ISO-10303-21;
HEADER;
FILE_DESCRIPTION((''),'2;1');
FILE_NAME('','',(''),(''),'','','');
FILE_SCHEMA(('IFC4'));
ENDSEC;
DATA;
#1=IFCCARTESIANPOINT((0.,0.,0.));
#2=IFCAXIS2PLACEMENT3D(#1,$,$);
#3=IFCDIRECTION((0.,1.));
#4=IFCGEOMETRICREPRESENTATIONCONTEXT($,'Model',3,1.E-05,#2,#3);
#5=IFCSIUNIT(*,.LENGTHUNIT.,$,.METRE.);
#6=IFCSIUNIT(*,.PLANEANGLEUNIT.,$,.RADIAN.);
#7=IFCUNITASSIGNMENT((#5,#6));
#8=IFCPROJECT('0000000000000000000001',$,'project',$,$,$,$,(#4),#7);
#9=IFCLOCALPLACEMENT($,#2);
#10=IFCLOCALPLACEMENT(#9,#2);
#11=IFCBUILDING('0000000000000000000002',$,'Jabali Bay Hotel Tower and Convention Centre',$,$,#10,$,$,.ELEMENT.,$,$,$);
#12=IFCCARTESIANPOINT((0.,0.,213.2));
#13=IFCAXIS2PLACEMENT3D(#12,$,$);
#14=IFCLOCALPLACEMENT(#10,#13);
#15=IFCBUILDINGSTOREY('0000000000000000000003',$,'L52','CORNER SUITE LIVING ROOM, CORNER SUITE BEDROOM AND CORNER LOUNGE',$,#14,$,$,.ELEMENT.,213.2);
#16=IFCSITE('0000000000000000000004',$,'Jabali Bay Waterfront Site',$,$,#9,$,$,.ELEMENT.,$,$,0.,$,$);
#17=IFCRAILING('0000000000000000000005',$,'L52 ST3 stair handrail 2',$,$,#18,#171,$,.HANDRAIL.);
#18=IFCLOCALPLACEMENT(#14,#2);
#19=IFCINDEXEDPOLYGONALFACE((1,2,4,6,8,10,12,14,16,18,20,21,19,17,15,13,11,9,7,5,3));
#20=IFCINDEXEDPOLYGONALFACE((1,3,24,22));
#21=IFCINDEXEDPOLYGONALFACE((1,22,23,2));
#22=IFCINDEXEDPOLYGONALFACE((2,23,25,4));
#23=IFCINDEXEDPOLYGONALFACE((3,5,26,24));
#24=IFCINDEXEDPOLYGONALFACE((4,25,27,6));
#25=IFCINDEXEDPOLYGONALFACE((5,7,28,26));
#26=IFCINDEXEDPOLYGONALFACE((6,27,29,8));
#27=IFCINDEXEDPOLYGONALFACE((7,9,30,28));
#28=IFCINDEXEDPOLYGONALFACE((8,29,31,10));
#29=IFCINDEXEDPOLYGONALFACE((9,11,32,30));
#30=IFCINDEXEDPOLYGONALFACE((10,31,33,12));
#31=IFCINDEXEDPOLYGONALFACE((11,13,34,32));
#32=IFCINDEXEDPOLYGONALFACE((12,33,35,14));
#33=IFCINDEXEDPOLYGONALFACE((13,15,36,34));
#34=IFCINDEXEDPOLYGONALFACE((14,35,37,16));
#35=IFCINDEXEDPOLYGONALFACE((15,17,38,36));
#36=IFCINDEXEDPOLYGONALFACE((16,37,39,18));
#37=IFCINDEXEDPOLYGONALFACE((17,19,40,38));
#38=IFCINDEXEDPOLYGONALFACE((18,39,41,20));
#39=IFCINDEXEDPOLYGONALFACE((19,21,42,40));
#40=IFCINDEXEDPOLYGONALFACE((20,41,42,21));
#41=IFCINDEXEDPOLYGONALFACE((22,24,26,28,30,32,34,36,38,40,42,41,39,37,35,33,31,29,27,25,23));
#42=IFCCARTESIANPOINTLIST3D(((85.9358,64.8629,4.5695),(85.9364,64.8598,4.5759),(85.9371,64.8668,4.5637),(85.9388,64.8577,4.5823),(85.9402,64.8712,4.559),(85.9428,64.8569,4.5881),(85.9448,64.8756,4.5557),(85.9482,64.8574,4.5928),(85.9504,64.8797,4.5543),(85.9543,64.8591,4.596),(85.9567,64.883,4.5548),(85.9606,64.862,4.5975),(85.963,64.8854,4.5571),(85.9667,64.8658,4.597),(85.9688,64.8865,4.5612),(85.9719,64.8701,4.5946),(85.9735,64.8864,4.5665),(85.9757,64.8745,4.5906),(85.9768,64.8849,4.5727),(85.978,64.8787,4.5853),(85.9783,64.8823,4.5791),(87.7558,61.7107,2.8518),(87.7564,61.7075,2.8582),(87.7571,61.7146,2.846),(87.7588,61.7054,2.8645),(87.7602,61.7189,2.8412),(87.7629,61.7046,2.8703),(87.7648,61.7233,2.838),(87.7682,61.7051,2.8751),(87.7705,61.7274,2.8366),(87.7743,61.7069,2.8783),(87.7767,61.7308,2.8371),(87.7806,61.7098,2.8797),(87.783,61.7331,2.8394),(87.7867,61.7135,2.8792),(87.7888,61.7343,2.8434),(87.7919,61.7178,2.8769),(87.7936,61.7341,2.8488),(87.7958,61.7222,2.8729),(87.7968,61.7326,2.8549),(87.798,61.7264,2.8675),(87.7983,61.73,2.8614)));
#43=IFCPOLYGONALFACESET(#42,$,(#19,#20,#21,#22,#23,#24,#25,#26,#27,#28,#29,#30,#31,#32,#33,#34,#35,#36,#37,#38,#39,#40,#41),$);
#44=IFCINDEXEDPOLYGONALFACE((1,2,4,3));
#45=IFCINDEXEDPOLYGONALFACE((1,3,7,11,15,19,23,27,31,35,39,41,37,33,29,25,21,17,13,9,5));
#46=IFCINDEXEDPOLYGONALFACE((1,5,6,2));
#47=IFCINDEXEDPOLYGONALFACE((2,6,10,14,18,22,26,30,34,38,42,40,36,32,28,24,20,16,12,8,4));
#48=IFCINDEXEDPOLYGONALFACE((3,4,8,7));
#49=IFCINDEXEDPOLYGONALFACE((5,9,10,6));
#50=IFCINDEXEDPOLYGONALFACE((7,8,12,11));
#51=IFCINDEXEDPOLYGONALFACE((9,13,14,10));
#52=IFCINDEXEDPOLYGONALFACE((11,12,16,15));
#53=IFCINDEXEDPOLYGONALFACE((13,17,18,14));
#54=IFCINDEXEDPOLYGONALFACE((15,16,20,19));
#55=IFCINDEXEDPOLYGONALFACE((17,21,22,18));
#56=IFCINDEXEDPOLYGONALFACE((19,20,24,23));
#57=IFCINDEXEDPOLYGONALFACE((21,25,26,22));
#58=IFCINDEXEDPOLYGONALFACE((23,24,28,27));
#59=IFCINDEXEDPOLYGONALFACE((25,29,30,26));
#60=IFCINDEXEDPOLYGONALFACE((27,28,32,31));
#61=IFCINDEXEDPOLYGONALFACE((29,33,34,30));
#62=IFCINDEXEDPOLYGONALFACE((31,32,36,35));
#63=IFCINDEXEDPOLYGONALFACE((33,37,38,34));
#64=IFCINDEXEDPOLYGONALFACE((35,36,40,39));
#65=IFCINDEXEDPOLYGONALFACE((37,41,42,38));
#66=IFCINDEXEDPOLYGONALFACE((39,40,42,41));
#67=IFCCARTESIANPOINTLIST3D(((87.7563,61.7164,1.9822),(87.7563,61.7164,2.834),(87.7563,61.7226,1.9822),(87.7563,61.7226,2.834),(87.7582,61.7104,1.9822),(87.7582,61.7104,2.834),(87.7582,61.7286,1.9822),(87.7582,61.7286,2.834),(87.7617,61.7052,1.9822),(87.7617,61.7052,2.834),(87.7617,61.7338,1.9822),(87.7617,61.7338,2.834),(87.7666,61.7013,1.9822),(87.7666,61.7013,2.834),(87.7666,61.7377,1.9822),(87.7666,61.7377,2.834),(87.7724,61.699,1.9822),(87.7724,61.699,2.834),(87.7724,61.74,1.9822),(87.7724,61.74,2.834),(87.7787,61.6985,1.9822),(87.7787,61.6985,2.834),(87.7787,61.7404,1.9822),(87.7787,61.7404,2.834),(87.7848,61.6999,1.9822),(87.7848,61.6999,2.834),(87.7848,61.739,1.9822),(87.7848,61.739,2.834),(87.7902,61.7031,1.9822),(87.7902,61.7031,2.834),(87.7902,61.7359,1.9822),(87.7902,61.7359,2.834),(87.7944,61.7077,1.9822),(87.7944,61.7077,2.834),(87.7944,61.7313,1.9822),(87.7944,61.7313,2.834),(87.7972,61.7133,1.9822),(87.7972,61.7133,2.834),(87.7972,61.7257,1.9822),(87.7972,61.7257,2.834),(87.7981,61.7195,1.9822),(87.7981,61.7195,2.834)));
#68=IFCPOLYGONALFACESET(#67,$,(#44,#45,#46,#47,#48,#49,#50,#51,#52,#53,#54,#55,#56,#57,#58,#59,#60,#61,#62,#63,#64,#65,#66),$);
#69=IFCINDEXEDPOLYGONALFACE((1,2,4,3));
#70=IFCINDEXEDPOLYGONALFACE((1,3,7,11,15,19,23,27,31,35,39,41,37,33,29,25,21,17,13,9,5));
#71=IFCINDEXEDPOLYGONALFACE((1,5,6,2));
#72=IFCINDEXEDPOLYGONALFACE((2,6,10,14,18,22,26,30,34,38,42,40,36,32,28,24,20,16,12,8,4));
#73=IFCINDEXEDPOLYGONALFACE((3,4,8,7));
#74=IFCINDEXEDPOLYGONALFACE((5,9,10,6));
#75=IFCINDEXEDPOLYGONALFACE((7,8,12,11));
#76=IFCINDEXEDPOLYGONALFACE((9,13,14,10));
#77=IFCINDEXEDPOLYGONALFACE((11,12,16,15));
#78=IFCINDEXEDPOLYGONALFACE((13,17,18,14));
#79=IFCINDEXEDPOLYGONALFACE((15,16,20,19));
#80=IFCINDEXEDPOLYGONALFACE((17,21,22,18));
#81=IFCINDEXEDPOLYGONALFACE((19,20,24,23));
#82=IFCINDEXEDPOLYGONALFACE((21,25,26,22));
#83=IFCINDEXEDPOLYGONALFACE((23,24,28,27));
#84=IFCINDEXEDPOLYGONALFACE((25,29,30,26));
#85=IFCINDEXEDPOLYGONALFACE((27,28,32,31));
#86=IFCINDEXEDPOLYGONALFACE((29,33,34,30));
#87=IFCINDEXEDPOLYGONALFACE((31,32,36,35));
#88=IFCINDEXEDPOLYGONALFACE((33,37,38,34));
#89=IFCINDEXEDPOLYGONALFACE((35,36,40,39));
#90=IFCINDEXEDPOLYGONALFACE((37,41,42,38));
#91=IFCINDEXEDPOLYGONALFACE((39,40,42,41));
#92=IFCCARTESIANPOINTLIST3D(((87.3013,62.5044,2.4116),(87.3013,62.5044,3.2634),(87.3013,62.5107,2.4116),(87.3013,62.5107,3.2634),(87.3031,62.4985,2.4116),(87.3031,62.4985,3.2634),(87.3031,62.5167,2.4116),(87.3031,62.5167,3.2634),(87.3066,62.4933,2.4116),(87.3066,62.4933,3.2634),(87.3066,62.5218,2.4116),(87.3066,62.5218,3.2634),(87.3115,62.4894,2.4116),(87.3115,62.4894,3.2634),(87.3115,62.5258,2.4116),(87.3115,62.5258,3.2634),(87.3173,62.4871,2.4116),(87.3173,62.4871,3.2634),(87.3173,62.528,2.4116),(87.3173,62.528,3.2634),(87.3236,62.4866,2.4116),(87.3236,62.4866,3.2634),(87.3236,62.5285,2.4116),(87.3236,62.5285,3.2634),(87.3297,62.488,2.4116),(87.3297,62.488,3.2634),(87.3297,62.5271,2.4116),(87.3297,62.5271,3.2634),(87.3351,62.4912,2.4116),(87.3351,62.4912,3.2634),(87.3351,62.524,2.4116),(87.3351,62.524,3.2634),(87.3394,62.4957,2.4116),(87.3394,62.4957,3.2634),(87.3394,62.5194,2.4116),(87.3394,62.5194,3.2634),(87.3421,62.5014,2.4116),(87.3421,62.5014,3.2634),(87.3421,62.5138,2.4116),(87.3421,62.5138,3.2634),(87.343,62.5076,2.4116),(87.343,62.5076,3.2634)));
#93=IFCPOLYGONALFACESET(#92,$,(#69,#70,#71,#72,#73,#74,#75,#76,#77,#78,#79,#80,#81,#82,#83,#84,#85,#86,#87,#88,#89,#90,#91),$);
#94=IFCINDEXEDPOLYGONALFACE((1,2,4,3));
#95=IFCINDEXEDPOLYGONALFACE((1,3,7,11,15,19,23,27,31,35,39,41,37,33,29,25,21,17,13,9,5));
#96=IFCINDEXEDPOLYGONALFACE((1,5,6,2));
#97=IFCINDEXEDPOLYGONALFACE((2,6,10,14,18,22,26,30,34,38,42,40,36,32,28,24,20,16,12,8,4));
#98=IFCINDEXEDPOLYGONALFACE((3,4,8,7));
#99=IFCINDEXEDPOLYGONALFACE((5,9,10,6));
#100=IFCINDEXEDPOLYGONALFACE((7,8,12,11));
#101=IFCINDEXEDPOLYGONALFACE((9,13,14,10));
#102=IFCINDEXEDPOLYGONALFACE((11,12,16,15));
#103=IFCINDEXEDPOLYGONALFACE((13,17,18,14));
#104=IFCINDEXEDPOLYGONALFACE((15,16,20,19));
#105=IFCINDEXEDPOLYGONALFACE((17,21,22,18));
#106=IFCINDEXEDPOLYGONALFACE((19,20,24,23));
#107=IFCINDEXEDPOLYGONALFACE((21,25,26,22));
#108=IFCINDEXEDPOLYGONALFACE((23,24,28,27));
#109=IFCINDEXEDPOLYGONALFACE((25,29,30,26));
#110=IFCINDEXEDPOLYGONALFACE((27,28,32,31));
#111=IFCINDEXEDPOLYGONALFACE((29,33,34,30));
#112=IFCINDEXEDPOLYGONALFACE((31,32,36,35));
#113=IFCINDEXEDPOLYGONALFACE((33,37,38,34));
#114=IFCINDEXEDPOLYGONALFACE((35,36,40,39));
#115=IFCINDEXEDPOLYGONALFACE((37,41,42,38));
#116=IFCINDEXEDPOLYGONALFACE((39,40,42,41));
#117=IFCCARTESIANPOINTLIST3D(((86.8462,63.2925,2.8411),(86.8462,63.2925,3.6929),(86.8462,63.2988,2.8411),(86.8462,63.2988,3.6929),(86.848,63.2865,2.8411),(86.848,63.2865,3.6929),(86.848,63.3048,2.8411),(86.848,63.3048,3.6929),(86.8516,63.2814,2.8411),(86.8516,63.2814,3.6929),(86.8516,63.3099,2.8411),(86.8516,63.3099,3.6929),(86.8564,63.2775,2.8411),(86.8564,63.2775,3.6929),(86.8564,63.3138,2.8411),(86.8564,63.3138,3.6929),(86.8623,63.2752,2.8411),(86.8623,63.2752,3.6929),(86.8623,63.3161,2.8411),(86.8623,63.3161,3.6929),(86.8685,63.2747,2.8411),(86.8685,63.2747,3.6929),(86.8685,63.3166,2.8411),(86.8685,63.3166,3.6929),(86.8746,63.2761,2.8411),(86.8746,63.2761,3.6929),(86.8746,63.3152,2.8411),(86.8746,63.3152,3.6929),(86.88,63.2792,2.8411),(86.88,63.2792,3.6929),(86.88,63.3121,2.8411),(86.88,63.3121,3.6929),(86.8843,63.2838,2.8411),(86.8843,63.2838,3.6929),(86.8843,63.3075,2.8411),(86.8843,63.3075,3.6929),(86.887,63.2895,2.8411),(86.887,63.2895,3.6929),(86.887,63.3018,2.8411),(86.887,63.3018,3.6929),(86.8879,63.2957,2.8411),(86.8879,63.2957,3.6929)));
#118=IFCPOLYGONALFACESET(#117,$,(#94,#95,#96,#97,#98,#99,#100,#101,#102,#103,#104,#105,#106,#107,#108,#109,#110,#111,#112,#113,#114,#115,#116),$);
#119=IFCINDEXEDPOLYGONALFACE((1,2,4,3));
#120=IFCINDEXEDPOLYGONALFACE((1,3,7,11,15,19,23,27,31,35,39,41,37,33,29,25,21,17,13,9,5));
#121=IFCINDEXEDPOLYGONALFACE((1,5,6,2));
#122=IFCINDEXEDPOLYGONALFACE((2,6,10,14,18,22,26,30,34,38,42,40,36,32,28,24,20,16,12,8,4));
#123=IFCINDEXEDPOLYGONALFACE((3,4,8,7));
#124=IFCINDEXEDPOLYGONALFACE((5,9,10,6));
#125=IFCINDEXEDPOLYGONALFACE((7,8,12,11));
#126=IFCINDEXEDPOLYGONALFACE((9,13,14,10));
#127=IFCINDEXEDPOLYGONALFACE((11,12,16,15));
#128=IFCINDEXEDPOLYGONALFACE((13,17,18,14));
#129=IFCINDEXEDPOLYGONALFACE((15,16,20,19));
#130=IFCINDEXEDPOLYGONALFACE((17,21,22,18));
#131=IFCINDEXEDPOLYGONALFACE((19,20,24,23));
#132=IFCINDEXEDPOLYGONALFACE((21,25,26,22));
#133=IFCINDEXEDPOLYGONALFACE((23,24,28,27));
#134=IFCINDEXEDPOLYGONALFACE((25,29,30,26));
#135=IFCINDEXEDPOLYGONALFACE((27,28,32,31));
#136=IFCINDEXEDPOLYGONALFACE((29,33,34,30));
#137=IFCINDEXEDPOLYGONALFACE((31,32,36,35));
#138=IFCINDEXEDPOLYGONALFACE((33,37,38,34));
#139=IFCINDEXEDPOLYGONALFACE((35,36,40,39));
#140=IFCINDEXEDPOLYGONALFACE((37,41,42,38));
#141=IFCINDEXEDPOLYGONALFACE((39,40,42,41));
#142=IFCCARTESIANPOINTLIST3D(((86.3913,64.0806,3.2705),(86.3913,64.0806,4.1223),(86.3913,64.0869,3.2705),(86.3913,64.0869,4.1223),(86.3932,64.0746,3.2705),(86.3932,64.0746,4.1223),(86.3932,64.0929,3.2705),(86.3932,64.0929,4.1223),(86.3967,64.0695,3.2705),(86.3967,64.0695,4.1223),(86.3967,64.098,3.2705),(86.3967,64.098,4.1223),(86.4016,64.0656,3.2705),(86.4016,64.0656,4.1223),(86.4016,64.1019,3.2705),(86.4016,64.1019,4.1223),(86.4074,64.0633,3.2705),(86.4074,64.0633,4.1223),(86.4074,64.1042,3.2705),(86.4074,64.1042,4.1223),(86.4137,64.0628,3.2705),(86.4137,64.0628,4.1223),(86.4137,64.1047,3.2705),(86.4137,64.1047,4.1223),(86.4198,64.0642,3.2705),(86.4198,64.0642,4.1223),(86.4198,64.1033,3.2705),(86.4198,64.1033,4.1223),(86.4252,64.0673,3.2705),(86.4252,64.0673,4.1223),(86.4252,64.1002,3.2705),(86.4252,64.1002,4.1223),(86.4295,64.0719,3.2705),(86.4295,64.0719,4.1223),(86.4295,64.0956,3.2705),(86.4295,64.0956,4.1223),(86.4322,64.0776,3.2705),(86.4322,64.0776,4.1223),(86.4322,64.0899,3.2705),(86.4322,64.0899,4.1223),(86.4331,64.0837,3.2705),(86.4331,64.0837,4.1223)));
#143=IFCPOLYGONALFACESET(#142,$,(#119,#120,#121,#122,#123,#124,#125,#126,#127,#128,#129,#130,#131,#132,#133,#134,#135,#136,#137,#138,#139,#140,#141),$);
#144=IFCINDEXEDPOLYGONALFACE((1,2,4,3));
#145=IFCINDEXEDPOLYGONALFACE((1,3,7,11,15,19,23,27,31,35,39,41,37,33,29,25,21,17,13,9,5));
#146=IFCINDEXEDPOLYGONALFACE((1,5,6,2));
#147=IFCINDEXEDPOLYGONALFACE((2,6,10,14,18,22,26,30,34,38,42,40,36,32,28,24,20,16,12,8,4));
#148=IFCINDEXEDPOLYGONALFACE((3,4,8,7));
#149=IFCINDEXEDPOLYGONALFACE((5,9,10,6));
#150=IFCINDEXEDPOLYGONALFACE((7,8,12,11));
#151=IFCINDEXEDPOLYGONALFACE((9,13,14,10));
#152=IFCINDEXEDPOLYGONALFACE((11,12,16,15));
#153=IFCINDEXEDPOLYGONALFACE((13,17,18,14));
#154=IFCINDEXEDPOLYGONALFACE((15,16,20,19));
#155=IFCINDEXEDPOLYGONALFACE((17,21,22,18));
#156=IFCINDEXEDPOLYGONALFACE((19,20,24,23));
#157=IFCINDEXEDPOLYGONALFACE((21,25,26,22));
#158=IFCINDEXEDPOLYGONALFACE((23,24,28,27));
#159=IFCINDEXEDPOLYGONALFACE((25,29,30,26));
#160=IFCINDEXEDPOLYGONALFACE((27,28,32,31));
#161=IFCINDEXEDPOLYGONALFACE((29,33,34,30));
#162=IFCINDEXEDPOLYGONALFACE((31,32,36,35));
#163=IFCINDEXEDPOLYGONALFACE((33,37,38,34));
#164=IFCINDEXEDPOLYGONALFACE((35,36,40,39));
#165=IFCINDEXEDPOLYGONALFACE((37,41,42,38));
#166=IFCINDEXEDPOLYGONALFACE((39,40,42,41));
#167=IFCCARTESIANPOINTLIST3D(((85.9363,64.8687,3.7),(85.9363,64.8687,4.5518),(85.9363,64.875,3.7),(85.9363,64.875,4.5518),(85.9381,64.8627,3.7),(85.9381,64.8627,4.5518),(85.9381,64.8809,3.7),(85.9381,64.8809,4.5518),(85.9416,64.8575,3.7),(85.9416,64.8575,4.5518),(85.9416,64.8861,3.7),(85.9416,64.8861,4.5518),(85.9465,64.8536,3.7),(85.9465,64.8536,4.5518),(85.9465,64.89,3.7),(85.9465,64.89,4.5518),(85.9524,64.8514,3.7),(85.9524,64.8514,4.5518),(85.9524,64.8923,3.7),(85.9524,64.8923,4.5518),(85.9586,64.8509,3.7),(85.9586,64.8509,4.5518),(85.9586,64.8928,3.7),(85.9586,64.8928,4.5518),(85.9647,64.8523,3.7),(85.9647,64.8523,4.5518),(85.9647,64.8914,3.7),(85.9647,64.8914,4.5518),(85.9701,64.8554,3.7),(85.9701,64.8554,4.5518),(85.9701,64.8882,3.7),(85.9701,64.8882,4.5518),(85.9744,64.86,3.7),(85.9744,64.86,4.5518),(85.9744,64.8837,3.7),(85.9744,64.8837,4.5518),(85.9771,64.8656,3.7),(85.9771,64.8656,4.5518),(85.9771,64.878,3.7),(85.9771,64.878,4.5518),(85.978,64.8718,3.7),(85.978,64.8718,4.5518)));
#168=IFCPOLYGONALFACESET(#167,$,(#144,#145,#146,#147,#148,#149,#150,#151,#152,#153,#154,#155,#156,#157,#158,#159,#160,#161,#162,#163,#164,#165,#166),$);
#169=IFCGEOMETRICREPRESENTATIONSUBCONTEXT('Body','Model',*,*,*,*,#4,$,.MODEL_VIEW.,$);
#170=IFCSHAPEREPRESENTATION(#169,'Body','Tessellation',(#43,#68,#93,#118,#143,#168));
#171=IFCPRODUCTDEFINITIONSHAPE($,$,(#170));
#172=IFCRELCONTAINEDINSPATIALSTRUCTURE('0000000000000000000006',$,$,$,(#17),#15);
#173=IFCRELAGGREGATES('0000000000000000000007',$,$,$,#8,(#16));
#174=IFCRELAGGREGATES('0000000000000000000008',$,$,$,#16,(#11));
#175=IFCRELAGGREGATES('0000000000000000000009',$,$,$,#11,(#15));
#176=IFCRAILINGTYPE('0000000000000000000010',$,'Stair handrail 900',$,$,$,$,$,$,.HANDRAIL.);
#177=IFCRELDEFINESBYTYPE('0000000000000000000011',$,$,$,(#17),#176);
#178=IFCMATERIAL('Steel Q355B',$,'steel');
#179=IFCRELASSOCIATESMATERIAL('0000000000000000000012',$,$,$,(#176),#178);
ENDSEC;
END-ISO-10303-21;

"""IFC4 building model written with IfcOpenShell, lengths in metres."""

from ifc_helpers import new_model, si_unit, direction, frame, origin, origin_2d, place, context, subcontext, project, spatial, circle, extrude, material, type_object, element, save


model = new_model("IFC4")

# Units and contexts
model_context = context("Model", 3, precision=1e-05, world=origin(), true_north=direction((0.0, 1.0)))
body_context = subcontext(model_context, "Body", "Model", "MODEL_VIEW")
ifc_project = project(units=[si_unit("LENGTHUNIT", "METRE"), si_unit("PLANEANGLEUNIT", "RADIAN")], contexts=[model_context])

# Site, building, storey
site_placement = place(None, origin())
site = spatial("IfcSite", under=ifc_project, at=site_placement, Name="Jabali Bay Waterfront Site", CompositionType="ELEMENT", RefElevation=0.0)
building_placement = place(site_placement, origin())
building = spatial("IfcBuilding", under=site, at=building_placement, Name="Jabali Bay Hotel Tower and Convention Centre", CompositionType="ELEMENT")
storey_placement = place(building_placement, frame((0.0, 0.0, 213.2)))
storey = spatial("IfcBuildingStorey", under=building, at=storey_placement, Name="L52", Description="CORNER SUITE LIVING ROOM, CORNER SUITE BEDROOM AND CORNER LOUNGE", CompositionType="ELEMENT", Elevation=213.2)

# Railing
ifc_material_1 = material(Name="Steel Q355B", Category="steel")
railing_type_1 = type_object("IfcRailingType", Name="Stair handrail 900", PredefinedType="HANDRAIL", material=ifc_material_1)
railing_1_placement = place(storey_placement, frame((87.7771, 61.7195, 1.9822)))
element("IfcRailing", 1, at=railing_1_placement, inside=storey, type_object=railing_type_1, Name="L52 ST3 stair handrail 2", PredefinedType="HANDRAIL", context=body_context, shape_type="SweptSolid", body=[
    extrude(circle(Radius=0.0239, at=origin_2d()), frame((0.0, 0.0, 0.876), z_axis=(-0.45219, 0.78319, 0.426775), x_axis=(-0.866018, -0.500013, 0.0)), (0.0, 0.0, 1.0), 4.0249),
    extrude(circle(Radius=0.021, at=origin_2d()), origin(), (0.0, 0.0, 1.0), 0.8518),
    extrude(circle(Radius=0.021, at=origin_2d()), frame((-0.4551, 0.7881, 0.4294)), (0.0, 0.0, 1.0), 0.8518),
    extrude(circle(Radius=0.021, at=origin_2d()), frame((-0.9102, 1.5762, 0.8589)), (0.0, 0.0, 1.0), 0.8518),
    extrude(circle(Radius=0.021, at=origin_2d()), frame((-1.365, 2.3643, 1.2883)), (0.0, 0.0, 1.0), 0.8518),
    extrude(circle(Radius=0.021, at=origin_2d()), frame((-1.8201, 3.1523, 1.7178)), (0.0, 0.0, 1.0), 0.8518),
])

save(model, "model.ifc")
